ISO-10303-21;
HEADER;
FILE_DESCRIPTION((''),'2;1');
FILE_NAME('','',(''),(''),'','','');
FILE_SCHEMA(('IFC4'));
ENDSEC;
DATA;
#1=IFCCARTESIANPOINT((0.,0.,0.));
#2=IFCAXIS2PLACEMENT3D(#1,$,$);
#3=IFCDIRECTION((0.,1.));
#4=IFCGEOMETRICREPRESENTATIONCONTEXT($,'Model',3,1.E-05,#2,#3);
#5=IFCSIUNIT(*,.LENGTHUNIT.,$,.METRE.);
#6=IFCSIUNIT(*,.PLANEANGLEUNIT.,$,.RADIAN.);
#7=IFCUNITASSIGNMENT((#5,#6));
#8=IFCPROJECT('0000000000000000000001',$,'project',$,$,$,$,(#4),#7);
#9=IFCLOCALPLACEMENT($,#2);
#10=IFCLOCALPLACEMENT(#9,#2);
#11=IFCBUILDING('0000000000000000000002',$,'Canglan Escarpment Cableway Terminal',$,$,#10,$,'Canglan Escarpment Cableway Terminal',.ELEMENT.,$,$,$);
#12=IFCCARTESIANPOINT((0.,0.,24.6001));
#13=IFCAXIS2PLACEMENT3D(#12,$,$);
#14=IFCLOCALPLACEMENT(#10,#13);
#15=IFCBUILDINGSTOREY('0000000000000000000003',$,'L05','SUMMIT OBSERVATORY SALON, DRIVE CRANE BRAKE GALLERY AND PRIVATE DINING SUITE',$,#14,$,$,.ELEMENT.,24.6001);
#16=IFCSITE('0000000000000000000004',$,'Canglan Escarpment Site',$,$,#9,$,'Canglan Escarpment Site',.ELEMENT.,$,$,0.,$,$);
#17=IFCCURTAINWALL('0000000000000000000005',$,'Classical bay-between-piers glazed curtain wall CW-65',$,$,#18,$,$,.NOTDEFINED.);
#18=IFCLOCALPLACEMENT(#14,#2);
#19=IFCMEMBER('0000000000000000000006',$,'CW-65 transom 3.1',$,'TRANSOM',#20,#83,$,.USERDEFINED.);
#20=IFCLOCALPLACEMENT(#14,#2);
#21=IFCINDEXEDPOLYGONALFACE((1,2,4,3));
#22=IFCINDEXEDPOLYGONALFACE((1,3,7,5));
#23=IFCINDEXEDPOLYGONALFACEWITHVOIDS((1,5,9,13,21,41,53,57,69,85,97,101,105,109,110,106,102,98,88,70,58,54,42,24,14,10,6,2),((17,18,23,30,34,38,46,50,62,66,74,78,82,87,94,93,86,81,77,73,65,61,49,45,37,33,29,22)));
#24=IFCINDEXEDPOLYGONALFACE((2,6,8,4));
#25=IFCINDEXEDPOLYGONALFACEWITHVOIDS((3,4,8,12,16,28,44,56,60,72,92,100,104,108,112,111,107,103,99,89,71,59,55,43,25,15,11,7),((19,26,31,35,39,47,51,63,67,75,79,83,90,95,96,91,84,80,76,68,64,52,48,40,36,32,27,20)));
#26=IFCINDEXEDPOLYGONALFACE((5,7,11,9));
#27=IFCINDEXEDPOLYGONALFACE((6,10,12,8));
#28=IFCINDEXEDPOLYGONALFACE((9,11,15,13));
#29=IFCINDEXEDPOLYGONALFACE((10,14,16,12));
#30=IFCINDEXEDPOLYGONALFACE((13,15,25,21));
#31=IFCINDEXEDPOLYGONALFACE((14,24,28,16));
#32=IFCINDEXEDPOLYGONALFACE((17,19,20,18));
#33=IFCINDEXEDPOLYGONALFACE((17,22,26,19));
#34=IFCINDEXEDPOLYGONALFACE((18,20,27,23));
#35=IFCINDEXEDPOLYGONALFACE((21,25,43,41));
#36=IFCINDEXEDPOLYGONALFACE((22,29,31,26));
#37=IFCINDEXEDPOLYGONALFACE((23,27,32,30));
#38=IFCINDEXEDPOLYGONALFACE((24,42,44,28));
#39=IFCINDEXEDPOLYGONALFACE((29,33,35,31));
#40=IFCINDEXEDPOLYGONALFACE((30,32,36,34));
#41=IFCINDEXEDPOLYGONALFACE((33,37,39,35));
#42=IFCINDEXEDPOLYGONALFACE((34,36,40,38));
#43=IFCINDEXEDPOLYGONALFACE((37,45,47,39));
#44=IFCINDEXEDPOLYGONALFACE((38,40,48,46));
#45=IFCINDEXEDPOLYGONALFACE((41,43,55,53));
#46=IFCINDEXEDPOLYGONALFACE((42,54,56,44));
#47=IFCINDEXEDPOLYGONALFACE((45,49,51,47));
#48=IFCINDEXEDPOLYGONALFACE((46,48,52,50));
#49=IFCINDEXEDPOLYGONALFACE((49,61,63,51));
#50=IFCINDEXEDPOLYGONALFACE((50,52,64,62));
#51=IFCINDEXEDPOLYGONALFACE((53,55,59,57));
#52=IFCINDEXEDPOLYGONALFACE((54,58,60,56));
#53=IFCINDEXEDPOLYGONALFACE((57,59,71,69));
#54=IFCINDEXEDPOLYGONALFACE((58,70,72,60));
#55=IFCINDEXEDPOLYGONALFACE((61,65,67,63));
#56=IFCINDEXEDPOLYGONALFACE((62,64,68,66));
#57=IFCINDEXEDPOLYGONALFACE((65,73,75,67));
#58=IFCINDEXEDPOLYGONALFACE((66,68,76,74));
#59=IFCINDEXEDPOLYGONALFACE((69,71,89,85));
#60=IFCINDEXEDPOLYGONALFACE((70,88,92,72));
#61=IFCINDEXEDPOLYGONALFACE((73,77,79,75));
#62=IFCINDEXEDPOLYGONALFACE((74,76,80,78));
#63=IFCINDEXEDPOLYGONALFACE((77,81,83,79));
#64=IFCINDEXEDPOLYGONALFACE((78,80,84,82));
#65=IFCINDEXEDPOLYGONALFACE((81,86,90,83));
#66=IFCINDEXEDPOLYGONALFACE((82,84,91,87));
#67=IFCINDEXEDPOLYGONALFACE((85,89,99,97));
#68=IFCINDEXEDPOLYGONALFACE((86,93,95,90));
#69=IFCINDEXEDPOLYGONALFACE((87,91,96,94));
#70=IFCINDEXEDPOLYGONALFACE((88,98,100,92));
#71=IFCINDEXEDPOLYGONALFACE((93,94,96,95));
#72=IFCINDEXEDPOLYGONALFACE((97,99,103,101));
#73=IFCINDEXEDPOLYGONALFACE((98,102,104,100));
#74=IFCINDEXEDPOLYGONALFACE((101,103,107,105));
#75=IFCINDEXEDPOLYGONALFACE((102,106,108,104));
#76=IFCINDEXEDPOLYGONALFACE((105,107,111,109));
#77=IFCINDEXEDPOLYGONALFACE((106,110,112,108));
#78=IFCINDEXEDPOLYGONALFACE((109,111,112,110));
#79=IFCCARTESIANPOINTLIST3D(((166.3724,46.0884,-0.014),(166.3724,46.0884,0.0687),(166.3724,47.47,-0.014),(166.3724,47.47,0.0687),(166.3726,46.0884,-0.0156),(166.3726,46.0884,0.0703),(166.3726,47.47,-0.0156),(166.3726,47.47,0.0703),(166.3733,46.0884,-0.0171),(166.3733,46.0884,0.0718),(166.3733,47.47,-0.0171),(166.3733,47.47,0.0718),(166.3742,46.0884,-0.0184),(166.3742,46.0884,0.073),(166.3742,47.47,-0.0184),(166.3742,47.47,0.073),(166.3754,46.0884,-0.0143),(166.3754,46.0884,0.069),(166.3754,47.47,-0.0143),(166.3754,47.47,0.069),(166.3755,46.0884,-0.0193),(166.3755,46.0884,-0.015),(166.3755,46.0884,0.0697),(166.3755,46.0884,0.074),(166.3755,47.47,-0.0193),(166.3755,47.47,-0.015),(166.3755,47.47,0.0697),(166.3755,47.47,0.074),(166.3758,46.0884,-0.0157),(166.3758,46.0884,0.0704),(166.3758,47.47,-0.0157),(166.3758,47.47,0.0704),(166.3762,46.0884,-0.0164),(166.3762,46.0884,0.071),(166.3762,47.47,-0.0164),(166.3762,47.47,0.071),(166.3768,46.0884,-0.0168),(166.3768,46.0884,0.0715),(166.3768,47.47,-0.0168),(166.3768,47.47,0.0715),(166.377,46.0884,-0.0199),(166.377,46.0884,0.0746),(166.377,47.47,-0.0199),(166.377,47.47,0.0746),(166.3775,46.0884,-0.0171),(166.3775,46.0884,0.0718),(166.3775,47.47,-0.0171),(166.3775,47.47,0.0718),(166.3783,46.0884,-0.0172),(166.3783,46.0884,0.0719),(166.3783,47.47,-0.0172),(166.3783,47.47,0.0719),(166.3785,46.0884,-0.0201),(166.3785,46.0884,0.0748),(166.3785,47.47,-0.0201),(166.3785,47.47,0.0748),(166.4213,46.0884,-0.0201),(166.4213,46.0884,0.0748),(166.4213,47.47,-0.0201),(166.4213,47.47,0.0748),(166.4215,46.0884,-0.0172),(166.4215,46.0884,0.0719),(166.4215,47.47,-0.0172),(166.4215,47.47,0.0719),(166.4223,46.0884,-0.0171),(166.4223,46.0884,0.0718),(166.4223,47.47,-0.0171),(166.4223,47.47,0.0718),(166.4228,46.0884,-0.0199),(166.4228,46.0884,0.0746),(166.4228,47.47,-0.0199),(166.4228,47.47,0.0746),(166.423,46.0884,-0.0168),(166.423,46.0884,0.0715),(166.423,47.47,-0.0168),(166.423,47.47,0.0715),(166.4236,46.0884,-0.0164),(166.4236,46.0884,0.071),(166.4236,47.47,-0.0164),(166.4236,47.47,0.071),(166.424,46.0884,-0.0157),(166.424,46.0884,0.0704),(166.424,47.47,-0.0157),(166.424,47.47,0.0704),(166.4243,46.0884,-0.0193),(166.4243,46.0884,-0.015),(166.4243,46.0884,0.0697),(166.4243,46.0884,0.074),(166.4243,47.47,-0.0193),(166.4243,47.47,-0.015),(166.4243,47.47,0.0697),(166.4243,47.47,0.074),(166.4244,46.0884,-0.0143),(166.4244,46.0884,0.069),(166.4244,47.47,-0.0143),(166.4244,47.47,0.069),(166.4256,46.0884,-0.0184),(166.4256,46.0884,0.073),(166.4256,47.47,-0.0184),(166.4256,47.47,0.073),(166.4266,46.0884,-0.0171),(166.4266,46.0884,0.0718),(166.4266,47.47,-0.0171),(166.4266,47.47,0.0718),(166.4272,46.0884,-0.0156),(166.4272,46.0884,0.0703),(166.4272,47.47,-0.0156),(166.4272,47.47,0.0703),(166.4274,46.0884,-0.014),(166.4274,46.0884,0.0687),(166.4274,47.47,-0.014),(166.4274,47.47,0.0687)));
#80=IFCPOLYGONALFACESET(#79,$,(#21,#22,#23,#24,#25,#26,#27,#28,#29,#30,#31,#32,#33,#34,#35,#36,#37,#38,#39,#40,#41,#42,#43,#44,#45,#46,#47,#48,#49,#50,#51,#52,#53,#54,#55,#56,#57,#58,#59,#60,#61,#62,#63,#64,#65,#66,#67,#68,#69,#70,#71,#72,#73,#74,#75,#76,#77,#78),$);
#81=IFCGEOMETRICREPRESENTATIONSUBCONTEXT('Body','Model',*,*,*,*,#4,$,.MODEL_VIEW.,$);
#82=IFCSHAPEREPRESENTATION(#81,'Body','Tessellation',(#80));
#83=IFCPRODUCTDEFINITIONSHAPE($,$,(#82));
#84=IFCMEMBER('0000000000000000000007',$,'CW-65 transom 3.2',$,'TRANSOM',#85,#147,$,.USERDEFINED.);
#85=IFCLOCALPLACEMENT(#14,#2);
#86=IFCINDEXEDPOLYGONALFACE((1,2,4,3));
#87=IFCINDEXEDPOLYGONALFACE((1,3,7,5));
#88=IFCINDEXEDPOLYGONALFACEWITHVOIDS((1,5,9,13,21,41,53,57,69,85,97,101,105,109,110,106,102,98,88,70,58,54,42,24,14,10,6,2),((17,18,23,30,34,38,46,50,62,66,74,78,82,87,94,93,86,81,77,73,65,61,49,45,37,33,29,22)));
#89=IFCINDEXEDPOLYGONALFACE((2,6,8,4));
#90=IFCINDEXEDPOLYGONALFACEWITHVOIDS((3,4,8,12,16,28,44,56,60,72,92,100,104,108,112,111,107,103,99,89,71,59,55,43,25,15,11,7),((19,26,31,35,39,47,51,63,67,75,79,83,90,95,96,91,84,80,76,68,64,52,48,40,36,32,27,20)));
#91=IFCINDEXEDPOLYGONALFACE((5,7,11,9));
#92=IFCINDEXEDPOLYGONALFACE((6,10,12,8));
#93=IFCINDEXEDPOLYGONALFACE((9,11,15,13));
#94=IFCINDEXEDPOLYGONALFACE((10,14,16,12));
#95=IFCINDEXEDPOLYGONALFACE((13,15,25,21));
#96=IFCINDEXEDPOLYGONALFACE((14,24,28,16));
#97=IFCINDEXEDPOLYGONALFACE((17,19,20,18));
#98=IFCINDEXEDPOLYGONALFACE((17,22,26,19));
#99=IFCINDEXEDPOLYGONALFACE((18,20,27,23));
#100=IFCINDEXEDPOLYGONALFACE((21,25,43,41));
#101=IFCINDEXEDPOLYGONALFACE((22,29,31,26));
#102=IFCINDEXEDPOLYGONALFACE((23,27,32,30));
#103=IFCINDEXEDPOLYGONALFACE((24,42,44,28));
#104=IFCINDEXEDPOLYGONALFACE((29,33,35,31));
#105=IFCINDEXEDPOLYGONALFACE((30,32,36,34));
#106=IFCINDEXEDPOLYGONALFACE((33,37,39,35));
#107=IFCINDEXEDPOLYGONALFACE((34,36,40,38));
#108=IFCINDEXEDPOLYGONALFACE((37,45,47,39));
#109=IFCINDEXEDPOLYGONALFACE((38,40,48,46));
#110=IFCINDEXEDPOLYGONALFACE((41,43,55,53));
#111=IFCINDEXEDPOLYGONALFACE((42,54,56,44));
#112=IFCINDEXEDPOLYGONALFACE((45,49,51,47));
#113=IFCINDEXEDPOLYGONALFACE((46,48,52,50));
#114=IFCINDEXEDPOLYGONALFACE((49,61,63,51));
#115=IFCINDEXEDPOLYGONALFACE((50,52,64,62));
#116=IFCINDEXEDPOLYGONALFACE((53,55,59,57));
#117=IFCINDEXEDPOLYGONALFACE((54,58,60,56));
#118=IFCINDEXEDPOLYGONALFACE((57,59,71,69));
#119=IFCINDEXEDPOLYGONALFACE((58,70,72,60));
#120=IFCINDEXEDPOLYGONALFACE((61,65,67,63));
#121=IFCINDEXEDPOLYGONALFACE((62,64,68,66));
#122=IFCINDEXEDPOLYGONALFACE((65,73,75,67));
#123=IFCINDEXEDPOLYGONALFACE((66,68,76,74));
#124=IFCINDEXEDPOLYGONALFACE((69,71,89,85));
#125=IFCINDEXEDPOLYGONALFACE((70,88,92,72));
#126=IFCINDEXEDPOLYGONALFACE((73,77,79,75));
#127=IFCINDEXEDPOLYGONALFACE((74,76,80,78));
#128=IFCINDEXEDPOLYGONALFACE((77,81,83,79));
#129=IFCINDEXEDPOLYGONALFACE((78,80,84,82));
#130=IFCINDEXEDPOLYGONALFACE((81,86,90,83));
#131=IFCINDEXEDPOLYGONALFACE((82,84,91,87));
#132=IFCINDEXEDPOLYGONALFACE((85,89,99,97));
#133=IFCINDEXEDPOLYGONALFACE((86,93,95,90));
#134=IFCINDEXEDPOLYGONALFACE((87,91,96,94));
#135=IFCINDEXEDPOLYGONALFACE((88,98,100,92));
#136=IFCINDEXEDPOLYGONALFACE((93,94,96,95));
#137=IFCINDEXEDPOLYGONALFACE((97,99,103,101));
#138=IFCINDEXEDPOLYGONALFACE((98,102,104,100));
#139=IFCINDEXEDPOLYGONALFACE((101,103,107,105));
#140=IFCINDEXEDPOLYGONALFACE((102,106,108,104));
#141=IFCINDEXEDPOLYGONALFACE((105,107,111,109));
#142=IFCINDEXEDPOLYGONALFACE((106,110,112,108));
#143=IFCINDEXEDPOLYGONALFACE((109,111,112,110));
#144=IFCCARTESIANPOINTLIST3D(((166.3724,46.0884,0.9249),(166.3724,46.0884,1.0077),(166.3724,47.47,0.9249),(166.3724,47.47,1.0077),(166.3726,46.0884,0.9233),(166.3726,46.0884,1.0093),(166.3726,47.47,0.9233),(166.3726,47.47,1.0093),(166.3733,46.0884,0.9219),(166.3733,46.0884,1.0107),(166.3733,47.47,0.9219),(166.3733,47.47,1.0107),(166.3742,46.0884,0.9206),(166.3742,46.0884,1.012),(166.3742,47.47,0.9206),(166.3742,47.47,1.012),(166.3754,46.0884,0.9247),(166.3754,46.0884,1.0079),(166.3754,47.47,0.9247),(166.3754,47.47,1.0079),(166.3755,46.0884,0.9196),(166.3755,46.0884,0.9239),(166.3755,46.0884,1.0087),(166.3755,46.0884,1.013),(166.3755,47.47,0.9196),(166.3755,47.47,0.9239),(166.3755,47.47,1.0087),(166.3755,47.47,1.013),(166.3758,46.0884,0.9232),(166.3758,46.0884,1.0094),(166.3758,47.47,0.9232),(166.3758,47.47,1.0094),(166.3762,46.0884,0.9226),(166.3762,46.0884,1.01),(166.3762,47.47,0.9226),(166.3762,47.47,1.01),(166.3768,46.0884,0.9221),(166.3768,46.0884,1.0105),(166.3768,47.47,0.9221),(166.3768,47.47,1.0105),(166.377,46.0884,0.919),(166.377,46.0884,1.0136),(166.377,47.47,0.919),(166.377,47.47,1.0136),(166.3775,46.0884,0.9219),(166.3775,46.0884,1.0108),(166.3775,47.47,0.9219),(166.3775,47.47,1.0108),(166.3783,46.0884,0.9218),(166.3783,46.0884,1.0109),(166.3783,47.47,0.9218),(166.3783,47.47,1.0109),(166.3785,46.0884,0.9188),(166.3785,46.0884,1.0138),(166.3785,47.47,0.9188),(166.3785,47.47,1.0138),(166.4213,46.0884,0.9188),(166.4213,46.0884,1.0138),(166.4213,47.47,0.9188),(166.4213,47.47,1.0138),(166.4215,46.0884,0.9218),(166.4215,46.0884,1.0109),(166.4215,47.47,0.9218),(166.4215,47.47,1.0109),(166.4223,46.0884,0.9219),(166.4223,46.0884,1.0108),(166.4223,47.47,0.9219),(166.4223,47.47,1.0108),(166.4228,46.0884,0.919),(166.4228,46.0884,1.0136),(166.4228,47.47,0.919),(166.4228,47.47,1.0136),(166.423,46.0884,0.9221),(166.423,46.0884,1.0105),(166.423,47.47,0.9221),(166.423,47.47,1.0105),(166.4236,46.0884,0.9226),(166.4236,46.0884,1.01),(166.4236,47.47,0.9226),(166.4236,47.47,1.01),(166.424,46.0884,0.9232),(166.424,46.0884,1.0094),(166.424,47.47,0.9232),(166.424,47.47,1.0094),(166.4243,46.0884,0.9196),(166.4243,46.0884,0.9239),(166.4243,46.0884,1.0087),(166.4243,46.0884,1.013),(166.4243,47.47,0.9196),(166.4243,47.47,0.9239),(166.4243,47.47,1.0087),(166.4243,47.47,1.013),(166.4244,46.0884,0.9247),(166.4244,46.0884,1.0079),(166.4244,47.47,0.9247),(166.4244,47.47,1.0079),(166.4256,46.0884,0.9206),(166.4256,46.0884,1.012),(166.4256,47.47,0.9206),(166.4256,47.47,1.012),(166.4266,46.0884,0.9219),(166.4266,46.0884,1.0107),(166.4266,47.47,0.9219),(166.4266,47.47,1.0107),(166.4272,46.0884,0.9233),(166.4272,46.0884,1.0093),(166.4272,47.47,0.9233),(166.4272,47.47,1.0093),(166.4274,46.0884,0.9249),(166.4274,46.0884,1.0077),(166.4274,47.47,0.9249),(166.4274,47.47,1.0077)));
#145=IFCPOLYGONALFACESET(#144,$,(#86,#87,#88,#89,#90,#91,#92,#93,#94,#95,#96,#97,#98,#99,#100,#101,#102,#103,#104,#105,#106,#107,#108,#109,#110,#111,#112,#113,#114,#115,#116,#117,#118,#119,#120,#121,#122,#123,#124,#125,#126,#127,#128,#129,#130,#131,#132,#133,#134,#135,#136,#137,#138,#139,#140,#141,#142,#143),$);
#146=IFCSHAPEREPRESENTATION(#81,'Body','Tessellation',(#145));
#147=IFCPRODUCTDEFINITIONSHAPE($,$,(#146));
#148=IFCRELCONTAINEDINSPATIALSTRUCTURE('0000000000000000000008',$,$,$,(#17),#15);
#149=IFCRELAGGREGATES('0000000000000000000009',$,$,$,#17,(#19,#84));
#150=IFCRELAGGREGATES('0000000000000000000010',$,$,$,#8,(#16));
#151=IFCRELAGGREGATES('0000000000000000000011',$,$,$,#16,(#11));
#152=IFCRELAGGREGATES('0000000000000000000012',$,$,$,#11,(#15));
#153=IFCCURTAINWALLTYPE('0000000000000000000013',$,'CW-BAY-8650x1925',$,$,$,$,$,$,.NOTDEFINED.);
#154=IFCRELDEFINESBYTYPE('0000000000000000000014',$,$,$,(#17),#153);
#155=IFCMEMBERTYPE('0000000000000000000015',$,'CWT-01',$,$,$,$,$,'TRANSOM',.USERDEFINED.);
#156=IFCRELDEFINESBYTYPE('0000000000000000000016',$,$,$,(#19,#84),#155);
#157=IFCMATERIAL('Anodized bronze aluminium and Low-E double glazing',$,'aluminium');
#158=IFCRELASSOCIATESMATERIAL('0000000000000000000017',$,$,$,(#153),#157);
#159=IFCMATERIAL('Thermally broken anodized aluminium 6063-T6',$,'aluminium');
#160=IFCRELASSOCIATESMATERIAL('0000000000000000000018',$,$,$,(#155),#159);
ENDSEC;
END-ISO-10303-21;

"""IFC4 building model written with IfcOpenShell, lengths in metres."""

from ifc_helpers import new_model, si_unit, direction, frame, origin, origin_2d, place, context, subcontext, project, spatial, hollow_rectangle, extrude, material, material_profile, profile_set, type_object, element, aggregate, save


model = new_model("IFC4")

# Units and contexts
model_context = context("Model", 3, precision=1e-05, world=origin(), true_north=direction((0.0, 1.0)))
body_context = subcontext(model_context, "Body", "Model", "MODEL_VIEW")
ifc_project = project(units=[si_unit("LENGTHUNIT", "METRE"), si_unit("PLANEANGLEUNIT", "RADIAN")], contexts=[model_context])

# Site, building, storey
site_placement = place(None, origin())
site = spatial("IfcSite", under=ifc_project, at=site_placement, Name="Canglan Escarpment Site", LongName="Canglan Escarpment Site", CompositionType="ELEMENT", RefElevation=0.0)
building_placement = place(site_placement, origin())
building = spatial("IfcBuilding", under=site, at=building_placement, Name="Canglan Escarpment Cableway Terminal", LongName="Canglan Escarpment Cableway Terminal", CompositionType="ELEMENT")
storey_placement = place(building_placement, frame((0.0, 0.0, 24.6001)))
storey = spatial("IfcBuildingStorey", under=building, at=storey_placement, Name="L05", Description="SUMMIT OBSERVATORY SALON, DRIVE CRANE BRAKE GALLERY AND PRIVATE DINING SUITE", CompositionType="ELEMENT", Elevation=24.6001)

# Curtain wall, members
ifc_material_1 = material(Name="Anodized bronze aluminium and Low-E double glazing", Category="aluminium")
curtain_wall_type = type_object("IfcCurtainWallType", Name="CW-BAY-8650x1925", PredefinedType="NOTDEFINED", material=ifc_material_1)
curtain_wall_placement = place(storey_placement, origin())
curtain_wall = element("IfcCurtainWall", 1, at=curtain_wall_placement, inside=storey, type_object=curtain_wall_type, Name="Classical bay-between-piers glazed curtain wall CW-65", PredefinedType="NOTDEFINED")
ifc_material_2 = material(Name="Thermally broken anodized aluminium 6063-T6", Category="aluminium")
ifc_material_profile_1 = material_profile(ifc_material_2, hollow_rectangle(XDim=0.0549, YDim=0.095, WallThickness=0.0029, InnerFilletRadius=0.0029, OuterFilletRadius=0.0061, at=origin_2d()), Name="ALU-TRAN 55x95x3")
ifc_profile_set_1 = profile_set([ifc_material_profile_1], Name="Thermally broken anodized aluminium 6063-T6")
member_type_1 = type_object("IfcMemberType", Name="CWT-01", ElementType="TRANSOM", PredefinedType="USERDEFINED", material=ifc_profile_set_1)
member_1_placement = place(storey_placement, frame((166.3999, 46.0884, 0.0273), z_axis=(0.0, 1.0, 0.0), x_axis=(-1.0, 0.0, 0.0)))
member_1 = element("IfcMember", 2, at=member_1_placement, type_object=member_type_1, Name="CW-65 transom 3.1", ObjectType="TRANSOM", PredefinedType="USERDEFINED", context=body_context, shape_type="SweptSolid", body=[
    extrude(hollow_rectangle(XDim=0.0549, YDim=0.095, WallThickness=0.0029, InnerFilletRadius=0.0029, OuterFilletRadius=0.0061, at=origin_2d()), origin(), (0.0, 0.0, 1.0), 1.3816),
])
member_2_placement = place(storey_placement, frame((166.3999, 46.0884, 0.9663), z_axis=(0.0, 1.0, 0.0), x_axis=(-1.0, 0.0, 0.0)))
member_2 = element("IfcMember", 3, at=member_2_placement, type_object=member_type_1, Name="CW-65 transom 3.2", ObjectType="TRANSOM", PredefinedType="USERDEFINED", context=body_context, shape_type="SweptSolid", body=[
    extrude(hollow_rectangle(XDim=0.0549, YDim=0.095, WallThickness=0.0029, InnerFilletRadius=0.0029, OuterFilletRadius=0.0061, at=origin_2d()), origin(), (0.0, 0.0, 1.0), 1.3816),
])

aggregate(curtain_wall, [member_1, member_2])

save(model, "model.ifc")
